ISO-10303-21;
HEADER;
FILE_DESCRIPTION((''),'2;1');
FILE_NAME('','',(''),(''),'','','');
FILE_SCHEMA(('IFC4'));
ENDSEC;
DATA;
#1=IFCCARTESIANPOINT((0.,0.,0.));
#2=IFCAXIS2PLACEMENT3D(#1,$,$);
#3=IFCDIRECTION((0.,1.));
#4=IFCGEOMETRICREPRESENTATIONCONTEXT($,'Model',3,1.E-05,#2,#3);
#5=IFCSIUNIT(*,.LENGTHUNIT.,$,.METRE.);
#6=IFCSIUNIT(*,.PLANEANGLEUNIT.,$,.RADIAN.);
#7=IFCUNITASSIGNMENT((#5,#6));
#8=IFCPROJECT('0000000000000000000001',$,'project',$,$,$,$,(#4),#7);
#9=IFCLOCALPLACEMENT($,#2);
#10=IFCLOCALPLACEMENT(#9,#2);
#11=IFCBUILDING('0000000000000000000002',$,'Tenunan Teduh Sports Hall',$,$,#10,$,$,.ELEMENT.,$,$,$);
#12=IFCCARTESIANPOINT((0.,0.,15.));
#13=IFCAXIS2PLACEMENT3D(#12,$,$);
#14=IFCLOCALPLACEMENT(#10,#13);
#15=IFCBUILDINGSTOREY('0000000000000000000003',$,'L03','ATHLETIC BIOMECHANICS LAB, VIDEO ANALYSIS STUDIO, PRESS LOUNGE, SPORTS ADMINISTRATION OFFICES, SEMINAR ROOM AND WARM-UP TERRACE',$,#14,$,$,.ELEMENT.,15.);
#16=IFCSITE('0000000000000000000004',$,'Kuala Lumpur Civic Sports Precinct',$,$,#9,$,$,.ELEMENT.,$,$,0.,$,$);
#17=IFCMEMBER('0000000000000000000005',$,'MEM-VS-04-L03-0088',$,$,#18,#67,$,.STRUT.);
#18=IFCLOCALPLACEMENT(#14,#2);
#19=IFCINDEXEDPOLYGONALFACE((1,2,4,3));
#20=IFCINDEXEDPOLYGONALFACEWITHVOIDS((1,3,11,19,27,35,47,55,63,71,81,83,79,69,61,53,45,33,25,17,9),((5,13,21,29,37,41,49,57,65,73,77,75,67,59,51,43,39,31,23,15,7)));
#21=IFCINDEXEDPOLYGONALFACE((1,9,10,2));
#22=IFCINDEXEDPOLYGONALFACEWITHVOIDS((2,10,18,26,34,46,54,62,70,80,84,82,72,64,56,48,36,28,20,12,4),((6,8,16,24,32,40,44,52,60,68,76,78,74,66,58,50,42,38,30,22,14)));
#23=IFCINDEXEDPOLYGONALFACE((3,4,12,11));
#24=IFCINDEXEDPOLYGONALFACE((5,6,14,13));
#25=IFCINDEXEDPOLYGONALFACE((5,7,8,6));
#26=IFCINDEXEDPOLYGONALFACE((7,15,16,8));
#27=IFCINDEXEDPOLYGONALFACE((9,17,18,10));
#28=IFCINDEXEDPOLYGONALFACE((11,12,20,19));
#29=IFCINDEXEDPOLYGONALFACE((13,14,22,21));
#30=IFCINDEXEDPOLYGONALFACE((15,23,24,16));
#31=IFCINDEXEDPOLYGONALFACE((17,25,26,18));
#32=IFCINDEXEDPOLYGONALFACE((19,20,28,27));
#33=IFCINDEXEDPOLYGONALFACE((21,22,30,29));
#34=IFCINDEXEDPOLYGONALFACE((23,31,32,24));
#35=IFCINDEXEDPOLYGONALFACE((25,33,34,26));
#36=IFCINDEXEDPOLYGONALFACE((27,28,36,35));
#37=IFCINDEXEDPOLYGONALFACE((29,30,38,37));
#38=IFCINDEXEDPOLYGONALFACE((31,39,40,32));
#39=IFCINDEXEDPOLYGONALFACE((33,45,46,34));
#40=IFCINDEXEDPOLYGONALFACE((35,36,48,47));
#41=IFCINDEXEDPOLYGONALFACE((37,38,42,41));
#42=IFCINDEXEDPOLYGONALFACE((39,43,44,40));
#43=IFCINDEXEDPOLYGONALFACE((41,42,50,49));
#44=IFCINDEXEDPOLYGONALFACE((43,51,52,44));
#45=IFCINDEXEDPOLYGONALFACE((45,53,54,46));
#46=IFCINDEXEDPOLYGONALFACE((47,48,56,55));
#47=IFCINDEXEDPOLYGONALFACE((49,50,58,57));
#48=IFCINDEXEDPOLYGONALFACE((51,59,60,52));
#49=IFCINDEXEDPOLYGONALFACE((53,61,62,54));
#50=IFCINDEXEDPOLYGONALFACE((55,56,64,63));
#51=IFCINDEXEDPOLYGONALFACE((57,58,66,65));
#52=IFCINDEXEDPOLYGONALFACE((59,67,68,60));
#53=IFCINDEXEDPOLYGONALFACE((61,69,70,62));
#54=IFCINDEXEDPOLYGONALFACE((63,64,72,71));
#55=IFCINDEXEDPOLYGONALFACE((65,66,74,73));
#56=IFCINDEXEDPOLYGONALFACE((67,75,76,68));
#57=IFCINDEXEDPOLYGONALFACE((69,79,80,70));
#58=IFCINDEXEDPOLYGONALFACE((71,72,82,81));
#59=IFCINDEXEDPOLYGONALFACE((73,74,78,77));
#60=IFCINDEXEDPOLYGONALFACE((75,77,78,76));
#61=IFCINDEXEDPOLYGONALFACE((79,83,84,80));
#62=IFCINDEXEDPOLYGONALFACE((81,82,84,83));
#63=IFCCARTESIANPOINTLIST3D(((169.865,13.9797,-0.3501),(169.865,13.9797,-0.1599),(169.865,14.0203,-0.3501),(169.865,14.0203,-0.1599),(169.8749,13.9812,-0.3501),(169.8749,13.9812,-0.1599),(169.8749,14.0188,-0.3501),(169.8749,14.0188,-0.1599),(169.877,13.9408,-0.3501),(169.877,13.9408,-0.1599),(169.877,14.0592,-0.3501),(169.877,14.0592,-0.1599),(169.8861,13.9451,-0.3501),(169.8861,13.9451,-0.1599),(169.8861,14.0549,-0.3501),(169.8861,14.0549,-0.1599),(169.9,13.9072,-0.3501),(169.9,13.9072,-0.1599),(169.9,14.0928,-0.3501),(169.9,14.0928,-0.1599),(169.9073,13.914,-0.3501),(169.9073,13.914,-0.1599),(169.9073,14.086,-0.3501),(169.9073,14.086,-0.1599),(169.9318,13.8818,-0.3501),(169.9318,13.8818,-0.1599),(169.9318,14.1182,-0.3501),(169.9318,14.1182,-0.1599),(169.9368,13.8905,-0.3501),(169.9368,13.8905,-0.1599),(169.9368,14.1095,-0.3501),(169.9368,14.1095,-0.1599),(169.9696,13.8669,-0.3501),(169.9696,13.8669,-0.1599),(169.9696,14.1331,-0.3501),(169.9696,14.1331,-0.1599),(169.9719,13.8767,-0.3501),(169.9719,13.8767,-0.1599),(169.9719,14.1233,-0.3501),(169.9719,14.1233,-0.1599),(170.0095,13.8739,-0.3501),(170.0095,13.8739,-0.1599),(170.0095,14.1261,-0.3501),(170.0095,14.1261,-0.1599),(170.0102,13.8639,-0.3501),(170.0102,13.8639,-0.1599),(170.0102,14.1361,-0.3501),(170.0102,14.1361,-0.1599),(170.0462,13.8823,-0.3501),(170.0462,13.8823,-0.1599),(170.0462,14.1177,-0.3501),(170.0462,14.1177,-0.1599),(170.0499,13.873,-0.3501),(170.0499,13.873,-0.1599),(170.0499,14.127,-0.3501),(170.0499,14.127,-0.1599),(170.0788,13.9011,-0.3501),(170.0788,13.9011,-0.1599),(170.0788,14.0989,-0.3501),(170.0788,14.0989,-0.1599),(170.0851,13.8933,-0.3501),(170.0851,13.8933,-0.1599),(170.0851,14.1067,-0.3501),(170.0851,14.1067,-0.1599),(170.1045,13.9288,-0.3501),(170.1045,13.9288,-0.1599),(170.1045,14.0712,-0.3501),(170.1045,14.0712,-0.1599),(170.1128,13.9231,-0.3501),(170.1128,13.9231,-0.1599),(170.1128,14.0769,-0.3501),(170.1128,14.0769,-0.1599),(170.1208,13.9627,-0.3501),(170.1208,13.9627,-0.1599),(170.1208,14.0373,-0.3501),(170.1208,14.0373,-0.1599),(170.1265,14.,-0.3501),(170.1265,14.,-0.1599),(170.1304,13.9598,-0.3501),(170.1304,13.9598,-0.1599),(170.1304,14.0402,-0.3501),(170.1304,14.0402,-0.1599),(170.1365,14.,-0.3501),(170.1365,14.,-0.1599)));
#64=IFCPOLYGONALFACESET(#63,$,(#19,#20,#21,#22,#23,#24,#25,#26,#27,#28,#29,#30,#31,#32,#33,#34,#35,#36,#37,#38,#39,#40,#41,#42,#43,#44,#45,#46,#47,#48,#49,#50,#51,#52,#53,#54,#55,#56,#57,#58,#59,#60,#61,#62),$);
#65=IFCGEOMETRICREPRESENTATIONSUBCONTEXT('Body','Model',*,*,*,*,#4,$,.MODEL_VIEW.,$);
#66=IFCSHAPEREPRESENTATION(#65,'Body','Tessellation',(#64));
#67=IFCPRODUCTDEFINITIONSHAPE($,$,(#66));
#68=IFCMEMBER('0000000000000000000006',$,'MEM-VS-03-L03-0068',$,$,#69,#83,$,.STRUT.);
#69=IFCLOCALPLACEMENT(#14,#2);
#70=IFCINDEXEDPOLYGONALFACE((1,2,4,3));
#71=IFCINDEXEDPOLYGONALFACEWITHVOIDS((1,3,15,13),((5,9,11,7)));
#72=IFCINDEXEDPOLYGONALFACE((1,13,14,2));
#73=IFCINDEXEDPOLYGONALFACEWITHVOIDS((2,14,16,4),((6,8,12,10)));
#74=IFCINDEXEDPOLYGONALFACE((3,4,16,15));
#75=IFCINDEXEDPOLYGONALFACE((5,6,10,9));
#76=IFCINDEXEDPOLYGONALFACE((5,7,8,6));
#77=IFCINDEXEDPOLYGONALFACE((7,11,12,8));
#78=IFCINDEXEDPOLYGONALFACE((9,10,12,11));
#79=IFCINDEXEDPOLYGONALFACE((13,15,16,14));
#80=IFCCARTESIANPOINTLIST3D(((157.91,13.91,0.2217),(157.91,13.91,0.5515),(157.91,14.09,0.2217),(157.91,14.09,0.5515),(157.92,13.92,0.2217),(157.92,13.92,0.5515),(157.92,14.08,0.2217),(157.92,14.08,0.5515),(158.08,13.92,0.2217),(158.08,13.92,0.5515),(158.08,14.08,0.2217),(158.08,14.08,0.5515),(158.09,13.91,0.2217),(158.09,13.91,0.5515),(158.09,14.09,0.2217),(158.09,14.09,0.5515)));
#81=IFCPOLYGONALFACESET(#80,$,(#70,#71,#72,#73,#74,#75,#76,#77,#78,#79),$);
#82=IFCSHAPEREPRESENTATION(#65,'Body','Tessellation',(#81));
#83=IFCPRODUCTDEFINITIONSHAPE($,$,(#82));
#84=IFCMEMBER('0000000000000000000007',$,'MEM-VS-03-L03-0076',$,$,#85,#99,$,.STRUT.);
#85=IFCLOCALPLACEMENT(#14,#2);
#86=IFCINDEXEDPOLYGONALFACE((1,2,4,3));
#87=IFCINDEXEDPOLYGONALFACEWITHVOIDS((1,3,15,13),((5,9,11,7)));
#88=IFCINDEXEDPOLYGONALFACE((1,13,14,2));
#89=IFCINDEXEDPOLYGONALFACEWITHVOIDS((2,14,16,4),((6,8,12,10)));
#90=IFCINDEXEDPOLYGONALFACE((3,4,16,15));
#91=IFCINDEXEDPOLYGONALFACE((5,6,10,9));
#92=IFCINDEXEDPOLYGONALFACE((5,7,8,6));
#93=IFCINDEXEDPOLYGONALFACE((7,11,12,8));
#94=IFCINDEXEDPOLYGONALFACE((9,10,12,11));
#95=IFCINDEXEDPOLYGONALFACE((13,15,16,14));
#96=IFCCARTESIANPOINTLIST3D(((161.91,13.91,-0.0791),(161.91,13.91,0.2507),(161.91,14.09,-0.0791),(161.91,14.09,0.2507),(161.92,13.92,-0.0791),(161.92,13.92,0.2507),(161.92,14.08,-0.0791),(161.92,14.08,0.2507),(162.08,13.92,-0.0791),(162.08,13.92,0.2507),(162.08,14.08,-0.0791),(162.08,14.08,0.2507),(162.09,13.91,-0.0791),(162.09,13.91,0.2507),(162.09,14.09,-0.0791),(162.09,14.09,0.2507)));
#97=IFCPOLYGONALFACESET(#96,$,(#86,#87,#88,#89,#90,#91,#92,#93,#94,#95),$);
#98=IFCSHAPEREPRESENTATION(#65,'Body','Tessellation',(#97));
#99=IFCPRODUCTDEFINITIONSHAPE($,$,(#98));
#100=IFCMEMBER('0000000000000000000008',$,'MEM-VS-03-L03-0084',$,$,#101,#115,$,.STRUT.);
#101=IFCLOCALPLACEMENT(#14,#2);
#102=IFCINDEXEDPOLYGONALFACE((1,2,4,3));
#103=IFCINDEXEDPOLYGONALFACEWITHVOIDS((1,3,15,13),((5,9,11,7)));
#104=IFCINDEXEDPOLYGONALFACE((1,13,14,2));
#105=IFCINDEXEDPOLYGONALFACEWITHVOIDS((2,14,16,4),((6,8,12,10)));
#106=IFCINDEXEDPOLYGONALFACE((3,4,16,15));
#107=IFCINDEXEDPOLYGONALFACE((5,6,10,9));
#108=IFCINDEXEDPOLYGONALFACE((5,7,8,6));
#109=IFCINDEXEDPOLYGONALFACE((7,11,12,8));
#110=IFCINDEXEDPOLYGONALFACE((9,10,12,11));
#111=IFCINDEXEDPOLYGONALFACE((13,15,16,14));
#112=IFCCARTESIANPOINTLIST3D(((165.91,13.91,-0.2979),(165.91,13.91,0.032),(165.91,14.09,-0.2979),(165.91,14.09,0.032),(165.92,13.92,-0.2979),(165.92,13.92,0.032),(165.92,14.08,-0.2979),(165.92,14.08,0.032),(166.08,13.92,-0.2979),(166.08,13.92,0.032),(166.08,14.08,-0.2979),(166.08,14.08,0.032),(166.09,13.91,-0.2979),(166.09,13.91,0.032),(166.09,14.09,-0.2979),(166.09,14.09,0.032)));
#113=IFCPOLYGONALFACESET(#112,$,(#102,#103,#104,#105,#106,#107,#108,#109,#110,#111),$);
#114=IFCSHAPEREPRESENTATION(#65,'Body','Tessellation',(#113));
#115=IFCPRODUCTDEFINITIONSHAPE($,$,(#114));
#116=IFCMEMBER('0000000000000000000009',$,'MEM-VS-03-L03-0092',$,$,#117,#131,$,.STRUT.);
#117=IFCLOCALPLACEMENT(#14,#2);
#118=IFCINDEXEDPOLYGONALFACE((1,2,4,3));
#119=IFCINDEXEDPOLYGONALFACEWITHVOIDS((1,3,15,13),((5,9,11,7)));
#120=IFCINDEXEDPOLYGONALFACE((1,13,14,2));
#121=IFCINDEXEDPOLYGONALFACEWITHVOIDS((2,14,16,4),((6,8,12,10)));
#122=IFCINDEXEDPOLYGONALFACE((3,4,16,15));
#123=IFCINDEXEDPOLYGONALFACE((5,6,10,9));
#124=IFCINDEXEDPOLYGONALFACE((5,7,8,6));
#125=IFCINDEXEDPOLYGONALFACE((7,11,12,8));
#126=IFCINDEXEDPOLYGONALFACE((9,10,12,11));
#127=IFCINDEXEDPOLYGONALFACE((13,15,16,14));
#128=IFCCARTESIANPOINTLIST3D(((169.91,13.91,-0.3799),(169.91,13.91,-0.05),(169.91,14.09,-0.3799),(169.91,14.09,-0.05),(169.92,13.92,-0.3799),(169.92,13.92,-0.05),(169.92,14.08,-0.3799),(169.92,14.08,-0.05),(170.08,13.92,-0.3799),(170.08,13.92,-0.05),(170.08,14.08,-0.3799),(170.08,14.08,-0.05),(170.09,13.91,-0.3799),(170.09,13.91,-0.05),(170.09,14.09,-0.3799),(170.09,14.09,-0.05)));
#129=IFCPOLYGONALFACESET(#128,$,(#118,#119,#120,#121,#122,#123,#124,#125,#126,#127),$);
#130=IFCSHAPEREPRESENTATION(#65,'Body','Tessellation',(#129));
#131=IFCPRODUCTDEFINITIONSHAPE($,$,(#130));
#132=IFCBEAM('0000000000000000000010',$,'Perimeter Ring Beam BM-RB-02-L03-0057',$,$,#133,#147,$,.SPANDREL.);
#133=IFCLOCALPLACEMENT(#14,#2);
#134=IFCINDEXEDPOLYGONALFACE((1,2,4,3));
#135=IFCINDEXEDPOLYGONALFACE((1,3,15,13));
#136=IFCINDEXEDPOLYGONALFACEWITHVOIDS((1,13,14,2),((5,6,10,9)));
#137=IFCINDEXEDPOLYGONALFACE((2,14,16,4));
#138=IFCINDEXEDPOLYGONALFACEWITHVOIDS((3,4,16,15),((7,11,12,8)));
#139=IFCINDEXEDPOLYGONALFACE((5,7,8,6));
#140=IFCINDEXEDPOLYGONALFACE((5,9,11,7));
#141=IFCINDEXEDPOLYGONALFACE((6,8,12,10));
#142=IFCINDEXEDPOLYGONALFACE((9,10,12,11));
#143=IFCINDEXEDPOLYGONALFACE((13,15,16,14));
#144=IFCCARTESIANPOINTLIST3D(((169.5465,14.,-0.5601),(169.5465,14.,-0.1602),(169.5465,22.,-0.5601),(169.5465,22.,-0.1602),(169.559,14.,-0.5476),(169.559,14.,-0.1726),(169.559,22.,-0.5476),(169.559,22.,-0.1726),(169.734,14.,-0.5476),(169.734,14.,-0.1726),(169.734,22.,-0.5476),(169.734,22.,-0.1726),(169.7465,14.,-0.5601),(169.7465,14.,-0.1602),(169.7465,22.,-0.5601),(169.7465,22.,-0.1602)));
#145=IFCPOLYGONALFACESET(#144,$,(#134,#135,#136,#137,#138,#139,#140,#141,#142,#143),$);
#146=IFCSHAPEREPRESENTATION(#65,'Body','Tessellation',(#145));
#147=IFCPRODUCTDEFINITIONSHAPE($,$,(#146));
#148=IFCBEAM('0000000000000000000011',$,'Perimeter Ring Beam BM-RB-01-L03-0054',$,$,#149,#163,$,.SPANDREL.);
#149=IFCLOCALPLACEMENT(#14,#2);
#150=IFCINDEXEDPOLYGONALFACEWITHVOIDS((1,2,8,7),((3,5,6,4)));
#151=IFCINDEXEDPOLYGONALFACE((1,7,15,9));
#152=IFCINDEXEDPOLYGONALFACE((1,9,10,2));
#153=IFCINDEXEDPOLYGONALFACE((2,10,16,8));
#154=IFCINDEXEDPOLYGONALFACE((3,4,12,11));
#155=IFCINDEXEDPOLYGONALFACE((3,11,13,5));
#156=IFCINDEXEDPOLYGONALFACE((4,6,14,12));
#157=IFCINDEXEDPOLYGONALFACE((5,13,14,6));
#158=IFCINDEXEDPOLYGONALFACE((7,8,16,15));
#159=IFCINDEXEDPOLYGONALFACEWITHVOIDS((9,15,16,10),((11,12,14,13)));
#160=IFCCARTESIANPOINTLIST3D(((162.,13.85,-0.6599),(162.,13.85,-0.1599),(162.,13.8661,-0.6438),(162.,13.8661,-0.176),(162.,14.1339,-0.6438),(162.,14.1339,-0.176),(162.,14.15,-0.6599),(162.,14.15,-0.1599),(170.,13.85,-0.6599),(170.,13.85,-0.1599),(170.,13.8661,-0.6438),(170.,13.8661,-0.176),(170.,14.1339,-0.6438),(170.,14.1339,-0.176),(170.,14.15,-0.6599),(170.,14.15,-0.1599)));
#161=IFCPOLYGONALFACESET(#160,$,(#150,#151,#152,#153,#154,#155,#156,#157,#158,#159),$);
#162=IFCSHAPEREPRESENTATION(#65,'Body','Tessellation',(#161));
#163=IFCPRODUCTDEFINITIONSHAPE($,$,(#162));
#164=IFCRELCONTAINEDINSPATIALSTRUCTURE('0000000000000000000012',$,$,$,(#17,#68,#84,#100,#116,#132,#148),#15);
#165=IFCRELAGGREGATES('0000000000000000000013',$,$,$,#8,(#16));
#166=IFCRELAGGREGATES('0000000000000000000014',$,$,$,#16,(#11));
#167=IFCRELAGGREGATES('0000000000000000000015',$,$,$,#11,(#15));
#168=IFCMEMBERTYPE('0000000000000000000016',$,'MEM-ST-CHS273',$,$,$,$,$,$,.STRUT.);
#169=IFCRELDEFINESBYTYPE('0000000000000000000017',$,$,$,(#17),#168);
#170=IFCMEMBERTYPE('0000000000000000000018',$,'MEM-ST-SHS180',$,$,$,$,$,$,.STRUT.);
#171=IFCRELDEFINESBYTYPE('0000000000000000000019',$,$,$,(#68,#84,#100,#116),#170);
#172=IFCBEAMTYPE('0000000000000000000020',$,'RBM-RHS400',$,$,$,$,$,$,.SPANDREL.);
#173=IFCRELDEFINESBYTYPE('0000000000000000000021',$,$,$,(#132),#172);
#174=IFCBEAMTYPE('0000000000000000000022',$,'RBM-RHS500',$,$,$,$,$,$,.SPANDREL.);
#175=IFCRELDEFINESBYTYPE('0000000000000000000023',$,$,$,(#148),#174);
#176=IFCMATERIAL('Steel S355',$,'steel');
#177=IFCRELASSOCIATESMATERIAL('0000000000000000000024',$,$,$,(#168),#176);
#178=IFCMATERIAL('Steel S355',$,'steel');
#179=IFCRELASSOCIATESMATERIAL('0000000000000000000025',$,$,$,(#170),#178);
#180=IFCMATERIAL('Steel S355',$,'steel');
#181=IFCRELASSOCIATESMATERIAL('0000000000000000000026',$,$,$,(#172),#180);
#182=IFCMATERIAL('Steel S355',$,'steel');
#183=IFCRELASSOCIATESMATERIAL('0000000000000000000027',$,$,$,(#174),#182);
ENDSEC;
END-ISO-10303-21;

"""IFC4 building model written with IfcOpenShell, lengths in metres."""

from ifc_helpers import new_model, si_unit, direction, frame, origin, origin_2d, place, context, subcontext, project, spatial, hollow_rectangle, hollow_circle, extrude, material, material_profile, profile_set, type_object, element, save


model = new_model("IFC4")

# Units and contexts
model_context = context("Model", 3, precision=1e-05, world=origin(), true_north=direction((0.0, 1.0)))
body_context = subcontext(model_context, "Body", "Model", "MODEL_VIEW")
ifc_project = project(units=[si_unit("LENGTHUNIT", "METRE"), si_unit("PLANEANGLEUNIT", "RADIAN")], contexts=[model_context])

# Site, building, storey
site_placement = place(None, origin())
site = spatial("IfcSite", under=ifc_project, at=site_placement, Name="Kuala Lumpur Civic Sports Precinct", CompositionType="ELEMENT", RefElevation=0.0)
building_placement = place(site_placement, origin())
building = spatial("IfcBuilding", under=site, at=building_placement, Name="Tenunan Teduh Sports Hall", CompositionType="ELEMENT")
storey_placement = place(building_placement, frame((0.0, 0.0, 15.0)))
storey = spatial("IfcBuildingStorey", under=building, at=storey_placement, Name="L03", Description="ATHLETIC BIOMECHANICS LAB, VIDEO ANALYSIS STUDIO, PRESS LOUNGE, SPORTS ADMINISTRATION OFFICES, SEMINAR ROOM AND WARM-UP TERRACE", CompositionType="ELEMENT", Elevation=15.0)

# Members
ifc_material_1 = material(Name="Steel S355", Category="steel")
ifc_material_profile_1 = material_profile(ifc_material_1, hollow_circle(Radius=0.1365, WallThickness=0.01, at=origin_2d()), Name="CHS 273.0x10.0")
ifc_profile_set_1 = profile_set([ifc_material_profile_1], Name="Steel S355")
member_type_1 = type_object("IfcMemberType", Name="MEM-ST-CHS273", PredefinedType="STRUT", material=ifc_profile_set_1)
for number, where, z_axis, x_axis, name in (
    (1, (170.0, 14.0, -0.3501), (0.0, 0.0, 1.0), (1.0, 0.0, 0.0), "MEM-VS-04-L03-0088"),
):
    element("IfcMember", number, at=place(storey_placement, frame(where, z_axis=z_axis, x_axis=x_axis)), inside=storey, type_object=member_type_1, Name=name, PredefinedType="STRUT", context=body_context, shape_type="SweptSolid", body=[
        extrude(hollow_circle(Radius=0.1365, WallThickness=0.01, at=origin_2d()), origin(), (0.0, 0.0, 1.0), 0.1902),
    ])
ifc_material_2 = material(Name="Steel S355", Category="steel")
ifc_material_profile_2 = material_profile(ifc_material_2, hollow_rectangle(XDim=0.1799, YDim=0.1799, WallThickness=0.01, at=origin_2d()), Name="SHS 180x180x10.0")
ifc_profile_set_2 = profile_set([ifc_material_profile_2], Name="Steel S355")
member_type_2 = type_object("IfcMemberType", Name="MEM-ST-SHS180", PredefinedType="STRUT", material=ifc_profile_set_2)
for number, where, z_axis, x_axis, name in (
    (2, (158.0, 14.0, 0.2217), (0.0, 0.0, 1.0), (1.0, 0.0, 0.0), "MEM-VS-03-L03-0068"),
    (3, (162.0, 14.0, -0.0791), (0.0, 0.0, 1.0), (1.0, 0.0, 0.0), "MEM-VS-03-L03-0076"),
    (4, (166.0, 14.0, -0.2979), (0.0, 0.0, 1.0), (1.0, 0.0, 0.0), "MEM-VS-03-L03-0084"),
    (5, (170.0, 14.0, -0.3799), (0.0, 0.0, 1.0), (1.0, 0.0, 0.0), "MEM-VS-03-L03-0092"),
):
    element("IfcMember", number, at=place(storey_placement, frame(where, z_axis=z_axis, x_axis=x_axis)), inside=storey, type_object=member_type_2, Name=name, PredefinedType="STRUT", context=body_context, shape_type="SweptSolid", body=[
        extrude(hollow_rectangle(XDim=0.1799, YDim=0.1799, WallThickness=0.01, at=origin_2d()), origin(), (0.0, 0.0, 1.0), 0.3298),
    ])

# Beams
ifc_material_3 = material(Name="Steel S355", Category="steel")
ifc_material_profile_3 = material_profile(ifc_material_3, hollow_rectangle(XDim=0.2, YDim=0.3999, WallThickness=0.0125, at=origin_2d()), Name="RHS 400x200x12.5")
ifc_profile_set_3 = profile_set([ifc_material_profile_3], Name="Steel S355")
beam_type_1 = type_object("IfcBeamType", Name="RBM-RHS400", PredefinedType="SPANDREL", material=ifc_profile_set_3)
beam_1_placement = place(storey_placement, frame((169.6465, 14.0, -0.3601), z_axis=(0.0, 1.0, 0.0), x_axis=(-1.0, 0.0, 0.0)))
element("IfcBeam", 6, at=beam_1_placement, inside=storey, type_object=beam_type_1, Name="Perimeter Ring Beam BM-RB-02-L03-0057", PredefinedType="SPANDREL", context=body_context, shape_type="SweptSolid", body=[
    extrude(hollow_rectangle(XDim=0.2, YDim=0.3999, WallThickness=0.0125, at=origin_2d()), origin(), (0.0, 0.0, 1.0), 8.0),
])
ifc_material_4 = material(Name="Steel S355", Category="steel")
ifc_material_profile_4 = material_profile(ifc_material_4, hollow_rectangle(XDim=0.3, YDim=0.5, WallThickness=0.0161, at=origin_2d()), Name="RHS 500x300x16.0")
ifc_profile_set_4 = profile_set([ifc_material_profile_4], Name="Steel S355")
beam_type_2 = type_object("IfcBeamType", Name="RBM-RHS500", PredefinedType="SPANDREL", material=ifc_profile_set_4)
beam_2_placement = place(storey_placement, frame((162.0, 14.0, -0.4099), z_axis=(1.0, 0.0, 0.0), x_axis=(0.0, 1.0, 0.0)))
element("IfcBeam", 7, at=beam_2_placement, inside=storey, type_object=beam_type_2, Name="Perimeter Ring Beam BM-RB-01-L03-0054", PredefinedType="SPANDREL", context=body_context, shape_type="SweptSolid", body=[
    extrude(hollow_rectangle(XDim=0.3, YDim=0.5, WallThickness=0.0161, at=origin_2d()), origin(), (0.0, 0.0, 1.0), 8.0),
])

save(model, "model.ifc")
